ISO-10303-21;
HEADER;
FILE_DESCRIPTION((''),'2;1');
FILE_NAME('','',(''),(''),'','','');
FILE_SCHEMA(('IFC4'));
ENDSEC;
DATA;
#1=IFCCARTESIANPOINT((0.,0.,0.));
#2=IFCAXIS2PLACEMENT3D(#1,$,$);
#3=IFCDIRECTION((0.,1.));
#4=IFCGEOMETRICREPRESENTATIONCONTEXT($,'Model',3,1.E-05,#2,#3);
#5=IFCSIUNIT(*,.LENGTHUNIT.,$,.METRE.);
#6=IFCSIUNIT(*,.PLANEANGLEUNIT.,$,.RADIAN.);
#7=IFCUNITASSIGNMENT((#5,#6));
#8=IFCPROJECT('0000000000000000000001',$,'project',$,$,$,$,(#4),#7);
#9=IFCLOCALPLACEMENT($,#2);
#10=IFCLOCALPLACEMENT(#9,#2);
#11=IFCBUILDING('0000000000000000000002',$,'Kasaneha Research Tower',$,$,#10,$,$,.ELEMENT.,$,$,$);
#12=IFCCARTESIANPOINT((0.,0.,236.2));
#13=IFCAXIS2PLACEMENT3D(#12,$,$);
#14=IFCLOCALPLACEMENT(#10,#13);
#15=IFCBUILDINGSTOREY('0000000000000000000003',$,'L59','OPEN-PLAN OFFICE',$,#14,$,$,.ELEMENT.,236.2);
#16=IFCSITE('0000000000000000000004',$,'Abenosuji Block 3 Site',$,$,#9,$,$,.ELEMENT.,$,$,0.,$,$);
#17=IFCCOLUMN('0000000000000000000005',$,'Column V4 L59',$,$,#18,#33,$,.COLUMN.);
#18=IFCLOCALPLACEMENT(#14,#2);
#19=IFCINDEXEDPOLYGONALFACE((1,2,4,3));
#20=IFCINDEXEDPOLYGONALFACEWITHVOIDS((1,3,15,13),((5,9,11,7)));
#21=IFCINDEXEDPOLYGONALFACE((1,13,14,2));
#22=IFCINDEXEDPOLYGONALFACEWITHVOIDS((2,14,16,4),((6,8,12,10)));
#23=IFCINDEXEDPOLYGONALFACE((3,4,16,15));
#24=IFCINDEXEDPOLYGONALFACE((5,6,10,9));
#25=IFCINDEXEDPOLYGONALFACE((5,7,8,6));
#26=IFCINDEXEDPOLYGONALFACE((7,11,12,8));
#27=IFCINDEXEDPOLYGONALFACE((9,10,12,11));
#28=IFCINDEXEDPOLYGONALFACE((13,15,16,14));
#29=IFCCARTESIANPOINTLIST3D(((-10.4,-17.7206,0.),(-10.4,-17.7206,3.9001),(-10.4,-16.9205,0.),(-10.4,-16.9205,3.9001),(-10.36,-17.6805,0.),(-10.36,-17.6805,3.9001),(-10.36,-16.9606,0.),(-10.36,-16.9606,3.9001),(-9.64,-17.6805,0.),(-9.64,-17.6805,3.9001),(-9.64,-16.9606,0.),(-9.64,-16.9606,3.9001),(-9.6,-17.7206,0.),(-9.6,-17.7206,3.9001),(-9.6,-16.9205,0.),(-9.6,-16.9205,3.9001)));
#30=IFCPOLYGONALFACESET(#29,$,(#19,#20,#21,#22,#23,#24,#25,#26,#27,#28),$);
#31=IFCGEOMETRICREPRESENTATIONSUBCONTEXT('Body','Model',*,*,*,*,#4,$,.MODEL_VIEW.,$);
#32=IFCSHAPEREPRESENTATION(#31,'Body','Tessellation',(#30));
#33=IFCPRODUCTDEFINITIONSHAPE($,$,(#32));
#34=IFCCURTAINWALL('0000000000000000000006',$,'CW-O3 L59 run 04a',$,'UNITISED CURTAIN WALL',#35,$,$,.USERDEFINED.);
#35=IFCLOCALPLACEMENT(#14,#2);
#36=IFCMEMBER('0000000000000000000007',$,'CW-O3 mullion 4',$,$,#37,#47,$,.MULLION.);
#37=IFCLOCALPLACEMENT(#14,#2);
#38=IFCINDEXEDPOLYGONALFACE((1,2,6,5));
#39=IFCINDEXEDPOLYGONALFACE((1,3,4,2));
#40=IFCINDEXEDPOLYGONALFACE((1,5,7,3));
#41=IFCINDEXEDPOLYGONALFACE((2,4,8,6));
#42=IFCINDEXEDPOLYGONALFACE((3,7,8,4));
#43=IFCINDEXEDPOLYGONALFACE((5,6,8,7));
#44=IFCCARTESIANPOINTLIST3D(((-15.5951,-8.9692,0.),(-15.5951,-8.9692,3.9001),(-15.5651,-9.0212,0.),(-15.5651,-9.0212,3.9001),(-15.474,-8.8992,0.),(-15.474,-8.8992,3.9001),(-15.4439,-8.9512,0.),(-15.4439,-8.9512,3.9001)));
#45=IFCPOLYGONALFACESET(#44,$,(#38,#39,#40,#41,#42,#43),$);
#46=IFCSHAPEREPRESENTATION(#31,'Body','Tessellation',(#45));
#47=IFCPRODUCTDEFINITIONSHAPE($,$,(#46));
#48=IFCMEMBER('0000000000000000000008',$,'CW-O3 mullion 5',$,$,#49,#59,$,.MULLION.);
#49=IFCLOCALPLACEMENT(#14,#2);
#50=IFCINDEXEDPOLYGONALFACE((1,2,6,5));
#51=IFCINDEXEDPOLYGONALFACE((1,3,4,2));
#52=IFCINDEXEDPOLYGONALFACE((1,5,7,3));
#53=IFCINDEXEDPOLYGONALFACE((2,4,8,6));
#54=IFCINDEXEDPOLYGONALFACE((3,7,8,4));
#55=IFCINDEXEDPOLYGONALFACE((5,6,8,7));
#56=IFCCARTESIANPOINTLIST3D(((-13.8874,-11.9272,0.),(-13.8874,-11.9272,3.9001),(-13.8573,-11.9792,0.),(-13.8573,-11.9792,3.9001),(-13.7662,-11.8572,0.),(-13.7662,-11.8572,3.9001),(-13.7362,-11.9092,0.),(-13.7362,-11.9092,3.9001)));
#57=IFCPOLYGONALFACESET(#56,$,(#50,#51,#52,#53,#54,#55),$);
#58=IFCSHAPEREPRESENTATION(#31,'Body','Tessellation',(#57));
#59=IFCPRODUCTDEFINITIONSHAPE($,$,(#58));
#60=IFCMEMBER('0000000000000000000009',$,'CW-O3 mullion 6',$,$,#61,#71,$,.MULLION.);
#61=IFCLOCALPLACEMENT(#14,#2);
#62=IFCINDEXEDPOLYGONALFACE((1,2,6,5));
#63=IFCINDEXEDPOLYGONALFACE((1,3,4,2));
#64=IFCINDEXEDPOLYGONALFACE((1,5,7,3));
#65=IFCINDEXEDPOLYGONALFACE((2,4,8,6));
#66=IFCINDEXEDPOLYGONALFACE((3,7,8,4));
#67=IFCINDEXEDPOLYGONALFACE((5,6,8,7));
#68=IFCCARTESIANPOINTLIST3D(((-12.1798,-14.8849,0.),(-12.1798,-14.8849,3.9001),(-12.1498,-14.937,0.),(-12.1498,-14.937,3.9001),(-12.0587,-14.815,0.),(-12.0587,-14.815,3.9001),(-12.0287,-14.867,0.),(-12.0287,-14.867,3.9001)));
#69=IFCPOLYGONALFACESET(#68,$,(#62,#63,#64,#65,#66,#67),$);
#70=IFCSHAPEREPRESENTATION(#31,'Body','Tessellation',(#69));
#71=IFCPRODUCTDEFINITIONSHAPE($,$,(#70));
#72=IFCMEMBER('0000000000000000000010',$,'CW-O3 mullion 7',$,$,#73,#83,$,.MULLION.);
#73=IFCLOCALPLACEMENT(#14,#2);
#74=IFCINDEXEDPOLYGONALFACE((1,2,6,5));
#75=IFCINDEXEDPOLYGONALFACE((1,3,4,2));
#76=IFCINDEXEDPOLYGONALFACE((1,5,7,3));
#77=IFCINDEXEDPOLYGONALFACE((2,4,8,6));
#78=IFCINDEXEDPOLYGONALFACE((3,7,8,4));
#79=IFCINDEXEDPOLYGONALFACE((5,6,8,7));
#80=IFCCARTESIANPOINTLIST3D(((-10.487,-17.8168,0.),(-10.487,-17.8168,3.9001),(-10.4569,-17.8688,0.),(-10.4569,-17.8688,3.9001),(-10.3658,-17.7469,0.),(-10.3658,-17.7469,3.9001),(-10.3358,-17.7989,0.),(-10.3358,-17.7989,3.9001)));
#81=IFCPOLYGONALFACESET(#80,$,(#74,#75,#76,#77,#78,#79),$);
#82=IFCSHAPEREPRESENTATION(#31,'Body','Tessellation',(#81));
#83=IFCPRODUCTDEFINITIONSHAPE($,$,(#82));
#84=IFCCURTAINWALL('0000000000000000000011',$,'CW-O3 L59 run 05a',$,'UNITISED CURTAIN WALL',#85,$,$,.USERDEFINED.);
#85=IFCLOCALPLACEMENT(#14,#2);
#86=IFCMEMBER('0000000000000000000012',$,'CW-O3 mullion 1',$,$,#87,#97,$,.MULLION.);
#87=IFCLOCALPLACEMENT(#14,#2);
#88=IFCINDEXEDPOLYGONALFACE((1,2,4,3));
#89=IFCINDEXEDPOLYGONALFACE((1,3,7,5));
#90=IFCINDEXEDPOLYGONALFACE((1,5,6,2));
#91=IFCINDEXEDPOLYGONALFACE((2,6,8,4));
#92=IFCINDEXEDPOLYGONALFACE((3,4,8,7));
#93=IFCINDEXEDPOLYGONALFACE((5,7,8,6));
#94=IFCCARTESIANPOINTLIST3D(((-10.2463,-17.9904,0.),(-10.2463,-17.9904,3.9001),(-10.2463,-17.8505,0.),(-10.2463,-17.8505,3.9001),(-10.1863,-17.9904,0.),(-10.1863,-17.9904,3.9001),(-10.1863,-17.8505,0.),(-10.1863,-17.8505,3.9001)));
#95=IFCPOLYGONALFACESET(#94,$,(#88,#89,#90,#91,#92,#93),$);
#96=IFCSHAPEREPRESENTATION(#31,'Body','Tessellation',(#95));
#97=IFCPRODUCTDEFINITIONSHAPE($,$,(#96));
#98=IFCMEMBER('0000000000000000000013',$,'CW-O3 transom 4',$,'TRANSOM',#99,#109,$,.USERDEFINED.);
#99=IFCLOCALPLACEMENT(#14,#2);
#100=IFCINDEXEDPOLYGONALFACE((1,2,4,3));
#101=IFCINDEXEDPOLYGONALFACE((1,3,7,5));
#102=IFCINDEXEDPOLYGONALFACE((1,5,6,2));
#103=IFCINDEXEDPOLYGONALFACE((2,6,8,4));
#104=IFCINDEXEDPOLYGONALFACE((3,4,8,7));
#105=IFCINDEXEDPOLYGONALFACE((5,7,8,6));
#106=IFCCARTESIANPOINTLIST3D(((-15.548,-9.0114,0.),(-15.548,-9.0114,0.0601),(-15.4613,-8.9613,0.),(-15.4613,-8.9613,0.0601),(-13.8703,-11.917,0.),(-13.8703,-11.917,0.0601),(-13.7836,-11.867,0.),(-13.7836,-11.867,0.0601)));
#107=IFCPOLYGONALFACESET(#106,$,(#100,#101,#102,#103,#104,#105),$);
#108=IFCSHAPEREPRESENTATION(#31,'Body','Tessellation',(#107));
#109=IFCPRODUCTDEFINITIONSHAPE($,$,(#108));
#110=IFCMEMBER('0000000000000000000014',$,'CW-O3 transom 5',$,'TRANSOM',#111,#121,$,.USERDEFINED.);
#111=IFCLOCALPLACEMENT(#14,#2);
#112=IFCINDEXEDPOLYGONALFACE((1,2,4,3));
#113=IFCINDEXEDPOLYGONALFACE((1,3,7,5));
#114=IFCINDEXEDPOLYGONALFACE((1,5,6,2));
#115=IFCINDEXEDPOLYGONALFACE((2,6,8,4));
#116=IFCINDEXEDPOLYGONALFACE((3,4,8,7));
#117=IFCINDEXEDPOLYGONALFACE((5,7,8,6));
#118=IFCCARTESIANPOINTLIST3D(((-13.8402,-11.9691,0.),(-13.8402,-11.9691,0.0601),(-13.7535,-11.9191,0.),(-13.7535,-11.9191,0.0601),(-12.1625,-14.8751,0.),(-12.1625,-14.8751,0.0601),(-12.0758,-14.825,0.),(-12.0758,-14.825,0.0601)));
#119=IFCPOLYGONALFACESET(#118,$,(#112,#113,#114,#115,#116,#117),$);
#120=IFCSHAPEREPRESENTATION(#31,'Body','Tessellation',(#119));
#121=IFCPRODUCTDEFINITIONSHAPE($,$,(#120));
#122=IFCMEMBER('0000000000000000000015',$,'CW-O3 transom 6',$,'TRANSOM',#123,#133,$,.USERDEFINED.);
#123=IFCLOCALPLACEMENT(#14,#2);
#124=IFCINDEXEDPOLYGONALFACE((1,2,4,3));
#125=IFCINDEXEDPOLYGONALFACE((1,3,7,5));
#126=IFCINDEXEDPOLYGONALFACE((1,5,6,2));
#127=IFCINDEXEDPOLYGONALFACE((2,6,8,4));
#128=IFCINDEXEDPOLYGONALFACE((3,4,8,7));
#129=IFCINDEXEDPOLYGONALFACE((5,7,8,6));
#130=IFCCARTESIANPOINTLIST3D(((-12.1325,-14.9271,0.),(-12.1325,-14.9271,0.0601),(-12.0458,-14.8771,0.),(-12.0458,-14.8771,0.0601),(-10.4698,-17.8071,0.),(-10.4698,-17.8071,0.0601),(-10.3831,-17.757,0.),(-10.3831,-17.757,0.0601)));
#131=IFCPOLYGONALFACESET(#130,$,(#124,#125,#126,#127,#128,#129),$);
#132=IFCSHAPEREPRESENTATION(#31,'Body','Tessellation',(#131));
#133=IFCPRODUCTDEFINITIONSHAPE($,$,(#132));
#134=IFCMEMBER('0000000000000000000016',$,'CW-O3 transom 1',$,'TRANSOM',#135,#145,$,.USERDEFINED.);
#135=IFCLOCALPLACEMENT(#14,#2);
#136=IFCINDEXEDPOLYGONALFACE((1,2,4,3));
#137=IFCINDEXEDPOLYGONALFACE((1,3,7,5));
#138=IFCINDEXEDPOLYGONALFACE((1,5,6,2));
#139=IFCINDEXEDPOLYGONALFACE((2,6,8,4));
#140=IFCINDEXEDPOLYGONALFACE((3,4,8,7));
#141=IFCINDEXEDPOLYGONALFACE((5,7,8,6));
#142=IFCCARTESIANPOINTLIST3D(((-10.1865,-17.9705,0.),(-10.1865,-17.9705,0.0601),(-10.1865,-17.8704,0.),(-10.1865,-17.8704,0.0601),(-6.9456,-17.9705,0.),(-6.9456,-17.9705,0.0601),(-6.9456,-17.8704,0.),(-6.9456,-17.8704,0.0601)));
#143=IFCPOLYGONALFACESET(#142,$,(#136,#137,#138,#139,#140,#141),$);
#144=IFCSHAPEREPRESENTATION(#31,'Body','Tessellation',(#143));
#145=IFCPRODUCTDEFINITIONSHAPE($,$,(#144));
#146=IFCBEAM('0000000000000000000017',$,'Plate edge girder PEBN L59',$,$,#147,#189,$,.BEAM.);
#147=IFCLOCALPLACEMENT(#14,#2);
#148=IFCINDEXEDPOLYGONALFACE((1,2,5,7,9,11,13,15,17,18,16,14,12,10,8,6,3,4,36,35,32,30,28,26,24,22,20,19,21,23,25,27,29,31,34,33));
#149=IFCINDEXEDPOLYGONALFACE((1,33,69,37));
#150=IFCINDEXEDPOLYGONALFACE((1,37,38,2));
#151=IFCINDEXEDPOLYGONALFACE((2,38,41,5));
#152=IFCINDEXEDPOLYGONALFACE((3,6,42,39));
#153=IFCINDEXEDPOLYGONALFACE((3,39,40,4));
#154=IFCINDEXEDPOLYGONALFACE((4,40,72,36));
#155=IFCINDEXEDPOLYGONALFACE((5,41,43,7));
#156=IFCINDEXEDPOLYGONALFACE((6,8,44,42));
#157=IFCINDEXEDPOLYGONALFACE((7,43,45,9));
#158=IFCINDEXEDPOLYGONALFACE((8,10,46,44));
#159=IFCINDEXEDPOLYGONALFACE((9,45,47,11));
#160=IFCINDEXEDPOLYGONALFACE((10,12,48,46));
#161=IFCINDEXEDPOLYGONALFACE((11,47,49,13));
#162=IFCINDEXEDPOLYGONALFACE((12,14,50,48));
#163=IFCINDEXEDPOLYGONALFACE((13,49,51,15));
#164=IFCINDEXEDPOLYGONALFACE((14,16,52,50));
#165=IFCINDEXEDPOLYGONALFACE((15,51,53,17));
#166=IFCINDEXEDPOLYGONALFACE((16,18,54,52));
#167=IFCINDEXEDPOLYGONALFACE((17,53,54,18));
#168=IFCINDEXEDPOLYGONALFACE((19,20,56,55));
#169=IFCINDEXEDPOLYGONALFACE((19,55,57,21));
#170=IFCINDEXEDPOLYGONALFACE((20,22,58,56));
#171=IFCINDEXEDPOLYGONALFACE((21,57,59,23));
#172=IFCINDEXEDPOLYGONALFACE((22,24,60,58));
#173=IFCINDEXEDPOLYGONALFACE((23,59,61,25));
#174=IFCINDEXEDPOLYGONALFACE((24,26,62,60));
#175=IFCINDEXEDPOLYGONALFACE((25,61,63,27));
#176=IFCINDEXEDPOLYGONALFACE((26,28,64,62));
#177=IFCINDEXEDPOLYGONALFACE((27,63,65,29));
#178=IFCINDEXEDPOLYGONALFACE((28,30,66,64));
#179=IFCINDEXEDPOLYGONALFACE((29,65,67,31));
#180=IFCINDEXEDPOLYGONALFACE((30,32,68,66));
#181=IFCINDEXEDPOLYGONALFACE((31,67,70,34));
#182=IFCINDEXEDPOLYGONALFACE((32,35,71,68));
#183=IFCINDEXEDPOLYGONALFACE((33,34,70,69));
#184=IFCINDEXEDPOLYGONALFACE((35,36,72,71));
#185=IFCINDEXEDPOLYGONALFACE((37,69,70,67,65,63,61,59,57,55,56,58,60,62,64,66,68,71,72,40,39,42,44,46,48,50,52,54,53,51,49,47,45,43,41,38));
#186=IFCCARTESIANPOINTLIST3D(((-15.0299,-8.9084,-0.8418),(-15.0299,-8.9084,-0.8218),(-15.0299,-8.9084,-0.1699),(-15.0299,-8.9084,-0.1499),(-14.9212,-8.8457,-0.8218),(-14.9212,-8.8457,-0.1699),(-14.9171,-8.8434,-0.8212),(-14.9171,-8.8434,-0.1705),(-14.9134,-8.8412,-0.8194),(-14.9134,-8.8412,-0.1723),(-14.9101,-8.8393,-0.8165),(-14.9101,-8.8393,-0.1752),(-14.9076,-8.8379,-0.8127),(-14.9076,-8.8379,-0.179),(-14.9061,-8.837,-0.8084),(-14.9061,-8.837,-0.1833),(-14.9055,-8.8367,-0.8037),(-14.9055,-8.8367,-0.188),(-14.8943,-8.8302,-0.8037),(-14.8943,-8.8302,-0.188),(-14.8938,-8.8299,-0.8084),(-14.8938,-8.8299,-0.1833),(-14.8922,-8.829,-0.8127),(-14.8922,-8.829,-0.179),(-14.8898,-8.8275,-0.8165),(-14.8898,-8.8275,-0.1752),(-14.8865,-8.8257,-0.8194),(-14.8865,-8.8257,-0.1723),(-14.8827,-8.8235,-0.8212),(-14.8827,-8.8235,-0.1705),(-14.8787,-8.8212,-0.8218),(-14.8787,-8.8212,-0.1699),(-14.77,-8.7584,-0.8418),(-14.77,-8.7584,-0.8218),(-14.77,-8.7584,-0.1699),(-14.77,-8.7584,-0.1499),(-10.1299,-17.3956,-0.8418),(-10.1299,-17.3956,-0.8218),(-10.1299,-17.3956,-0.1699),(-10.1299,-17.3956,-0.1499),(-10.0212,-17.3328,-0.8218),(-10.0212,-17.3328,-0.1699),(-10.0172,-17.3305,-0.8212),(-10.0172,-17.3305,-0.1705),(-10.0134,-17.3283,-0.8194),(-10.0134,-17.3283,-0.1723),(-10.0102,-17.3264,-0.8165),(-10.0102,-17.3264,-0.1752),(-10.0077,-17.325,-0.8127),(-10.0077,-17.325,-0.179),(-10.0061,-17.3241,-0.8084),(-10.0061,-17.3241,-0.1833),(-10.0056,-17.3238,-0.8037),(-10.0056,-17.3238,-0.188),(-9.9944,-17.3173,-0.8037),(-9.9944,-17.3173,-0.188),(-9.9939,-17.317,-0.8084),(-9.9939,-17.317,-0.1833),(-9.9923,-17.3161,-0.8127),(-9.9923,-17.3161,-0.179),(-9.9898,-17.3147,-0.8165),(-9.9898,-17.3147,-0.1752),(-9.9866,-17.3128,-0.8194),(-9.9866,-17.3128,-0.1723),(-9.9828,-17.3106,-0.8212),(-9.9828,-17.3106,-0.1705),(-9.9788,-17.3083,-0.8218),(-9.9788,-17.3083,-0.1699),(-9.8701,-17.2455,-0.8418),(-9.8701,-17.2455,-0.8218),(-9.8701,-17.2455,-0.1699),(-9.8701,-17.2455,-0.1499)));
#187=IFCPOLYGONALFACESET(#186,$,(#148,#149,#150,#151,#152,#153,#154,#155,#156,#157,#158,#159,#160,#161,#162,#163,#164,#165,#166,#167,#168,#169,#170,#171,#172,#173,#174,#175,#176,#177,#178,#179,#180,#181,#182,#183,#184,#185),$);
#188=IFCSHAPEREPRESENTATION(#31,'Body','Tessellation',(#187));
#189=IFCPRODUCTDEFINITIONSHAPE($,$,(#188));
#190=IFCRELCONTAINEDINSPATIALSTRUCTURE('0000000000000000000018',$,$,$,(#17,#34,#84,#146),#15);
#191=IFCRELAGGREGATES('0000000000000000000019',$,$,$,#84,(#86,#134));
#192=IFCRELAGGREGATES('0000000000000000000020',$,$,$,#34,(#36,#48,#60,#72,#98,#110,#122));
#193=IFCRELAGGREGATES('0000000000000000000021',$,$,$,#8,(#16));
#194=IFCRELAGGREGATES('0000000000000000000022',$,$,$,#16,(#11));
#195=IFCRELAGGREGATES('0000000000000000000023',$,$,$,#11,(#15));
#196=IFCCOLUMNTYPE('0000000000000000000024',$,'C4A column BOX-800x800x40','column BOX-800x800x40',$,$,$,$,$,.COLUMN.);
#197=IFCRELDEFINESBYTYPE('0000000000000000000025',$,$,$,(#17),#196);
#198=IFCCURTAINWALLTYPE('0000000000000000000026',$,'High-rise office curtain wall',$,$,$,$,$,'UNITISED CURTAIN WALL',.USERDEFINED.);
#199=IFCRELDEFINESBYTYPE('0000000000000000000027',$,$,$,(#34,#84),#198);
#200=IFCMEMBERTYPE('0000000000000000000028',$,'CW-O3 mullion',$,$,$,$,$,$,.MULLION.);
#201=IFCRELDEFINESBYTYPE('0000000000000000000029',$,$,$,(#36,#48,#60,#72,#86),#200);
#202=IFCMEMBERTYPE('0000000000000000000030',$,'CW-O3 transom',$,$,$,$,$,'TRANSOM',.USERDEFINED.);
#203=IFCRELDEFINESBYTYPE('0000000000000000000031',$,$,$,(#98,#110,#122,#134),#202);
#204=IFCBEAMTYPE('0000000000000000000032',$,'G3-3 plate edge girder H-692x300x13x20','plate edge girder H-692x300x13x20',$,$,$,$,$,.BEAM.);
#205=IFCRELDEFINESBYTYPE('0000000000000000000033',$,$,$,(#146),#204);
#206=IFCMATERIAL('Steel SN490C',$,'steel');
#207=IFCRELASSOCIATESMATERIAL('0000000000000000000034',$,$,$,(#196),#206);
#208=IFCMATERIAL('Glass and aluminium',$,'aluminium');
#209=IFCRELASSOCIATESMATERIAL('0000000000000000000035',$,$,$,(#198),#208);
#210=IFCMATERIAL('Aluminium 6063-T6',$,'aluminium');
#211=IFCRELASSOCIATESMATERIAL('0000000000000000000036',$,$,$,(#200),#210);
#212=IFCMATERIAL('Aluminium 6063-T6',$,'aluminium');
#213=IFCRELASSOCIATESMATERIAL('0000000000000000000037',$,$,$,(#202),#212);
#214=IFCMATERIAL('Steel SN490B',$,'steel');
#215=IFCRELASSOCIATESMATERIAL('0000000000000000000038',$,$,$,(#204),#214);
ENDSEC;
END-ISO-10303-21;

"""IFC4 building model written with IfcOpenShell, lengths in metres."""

from ifc_helpers import new_model, si_unit, direction, frame, origin, origin_2d, place, context, subcontext, project, spatial, rectangle, hollow_rectangle, i_section, extrude, material, material_profile, profile_set, type_object, element, aggregate, save


model = new_model("IFC4")

# Units and contexts
model_context = context("Model", 3, precision=1e-05, world=origin(), true_north=direction((0.0, 1.0)))
body_context = subcontext(model_context, "Body", "Model", "MODEL_VIEW")
ifc_project = project(units=[si_unit("LENGTHUNIT", "METRE"), si_unit("PLANEANGLEUNIT", "RADIAN")], contexts=[model_context])

# Site, building, storey
site_placement = place(None, origin())
site = spatial("IfcSite", under=ifc_project, at=site_placement, Name="Abenosuji Block 3 Site", CompositionType="ELEMENT", RefElevation=0.0)
building_placement = place(site_placement, origin())
building = spatial("IfcBuilding", under=site, at=building_placement, Name="Kasaneha Research Tower", CompositionType="ELEMENT")
storey_placement = place(building_placement, frame((0.0, 0.0, 236.2)))
storey = spatial("IfcBuildingStorey", under=building, at=storey_placement, Name="L59", Description="OPEN-PLAN OFFICE", CompositionType="ELEMENT", Elevation=236.2)

# Column
ifc_material_1 = material(Name="Steel SN490C", Category="steel")
ifc_material_profile_1 = material_profile(ifc_material_1, hollow_rectangle(XDim=0.8, YDim=0.8, WallThickness=0.04, at=origin_2d()), Name="BOX-800x800x40")
ifc_profile_set_1 = profile_set([ifc_material_profile_1], Name="Steel SN490C")
column_type = type_object("IfcColumnType", Name="C4A column BOX-800x800x40", Description="column BOX-800x800x40", PredefinedType="COLUMN", material=ifc_profile_set_1)
column_placement = place(storey_placement, frame((-10.0, -17.3206, 0.0), z_axis=(0.0, 0.0, 1.0), x_axis=(1.0, 0.0, 0.0)))
element("IfcColumn", 1, at=column_placement, inside=storey, type_object=column_type, Name="Column V4 L59", PredefinedType="COLUMN", context=body_context, shape_type="SweptSolid", body=[
    extrude(hollow_rectangle(XDim=0.8, YDim=0.8, WallThickness=0.04, at=origin_2d()), origin(), (0.0, 0.0, 1.0), 3.9001),
])

# Curtain wall, members
ifc_material_2 = material(Name="Glass and aluminium", Category="aluminium")
curtain_wall_type = type_object("IfcCurtainWallType", Name="High-rise office curtain wall", ElementType="UNITISED CURTAIN WALL", PredefinedType="USERDEFINED", material=ifc_material_2)
curtain_wall_1_placement = place(storey_placement, origin())
curtain_wall_1 = element("IfcCurtainWall", 2, at=curtain_wall_1_placement, inside=storey, type_object=curtain_wall_type, Name="CW-O3 L59 run 04a", ObjectType="UNITISED CURTAIN WALL", PredefinedType="USERDEFINED")
ifc_material_3 = material(Name="Aluminium 6063-T6", Category="aluminium")
ifc_material_profile_2 = material_profile(ifc_material_3, rectangle(XDim=0.0601, YDim=0.1399, at=origin_2d()), Name="CW-O3 mullion 60x140")
ifc_profile_set_2 = profile_set([ifc_material_profile_2], Name="Aluminium 6063-T6")
member_type_1 = type_object("IfcMemberType", Name="CW-O3 mullion", PredefinedType="MULLION", material=ifc_profile_set_2)
member_1_placement = place(storey_placement, frame((-15.5195, -8.9602, 0.0), z_axis=(0.0, 0.0, 1.0), x_axis=(0.5, -0.866025, 0.0)))
member_1 = element("IfcMember", 3, at=member_1_placement, type_object=member_type_1, Name="CW-O3 mullion 4", PredefinedType="MULLION", context=body_context, shape_type="SweptSolid", body=[
    extrude(rectangle(XDim=0.0601, YDim=0.1399, at=origin_2d()), origin(), (0.0, 0.0, 1.0), 3.9001),
])
member_2_placement = place(storey_placement, frame((-13.8118, -11.9182, 0.0), z_axis=(0.0, 0.0, 1.0), x_axis=(0.5, -0.866025, 0.0)))
member_2 = element("IfcMember", 4, at=member_2_placement, type_object=member_type_1, Name="CW-O3 mullion 5", PredefinedType="MULLION", context=body_context, shape_type="SweptSolid", body=[
    extrude(rectangle(XDim=0.0601, YDim=0.1399, at=origin_2d()), origin(), (0.0, 0.0, 1.0), 3.9001),
])
member_3_placement = place(storey_placement, frame((-12.1042, -14.876, 0.0), z_axis=(0.0, 0.0, 1.0), x_axis=(0.5, -0.866025, 0.0)))
member_3 = element("IfcMember", 5, at=member_3_placement, type_object=member_type_1, Name="CW-O3 mullion 6", PredefinedType="MULLION", context=body_context, shape_type="SweptSolid", body=[
    extrude(rectangle(XDim=0.0601, YDim=0.1399, at=origin_2d()), origin(), (0.0, 0.0, 1.0), 3.9001),
])
member_4_placement = place(storey_placement, frame((-10.4114, -17.8079, 0.0), z_axis=(0.0, 0.0, 1.0), x_axis=(0.5, -0.866025, 0.0)))
member_4 = element("IfcMember", 6, at=member_4_placement, type_object=member_type_1, Name="CW-O3 mullion 7", PredefinedType="MULLION", context=body_context, shape_type="SweptSolid", body=[
    extrude(rectangle(XDim=0.0601, YDim=0.1399, at=origin_2d()), origin(), (0.0, 0.0, 1.0), 3.9001),
])

# Curtain wall, member
curtain_wall_2_placement = place(storey_placement, origin())
curtain_wall_2 = element("IfcCurtainWall", 7, at=curtain_wall_2_placement, inside=storey, type_object=curtain_wall_type, Name="CW-O3 L59 run 05a", ObjectType="UNITISED CURTAIN WALL", PredefinedType="USERDEFINED")
member_5_placement = place(storey_placement, frame((-10.2163, -17.9204, 0.0), z_axis=(0.0, 0.0, 1.0), x_axis=(1.0, 0.0, 0.0)))
member_5 = element("IfcMember", 8, at=member_5_placement, type_object=member_type_1, Name="CW-O3 mullion 1", PredefinedType="MULLION", context=body_context, shape_type="SweptSolid", body=[
    extrude(rectangle(XDim=0.0601, YDim=0.1399, at=origin_2d()), origin(), (0.0, 0.0, 1.0), 3.9001),
])

# Members
ifc_material_4 = material(Name="Aluminium 6063-T6", Category="aluminium")
ifc_material_profile_3 = material_profile(ifc_material_4, rectangle(XDim=0.1001, YDim=0.0601, at=origin_2d()), Name="CW-O3 transom 100x60")
ifc_profile_set_3 = profile_set([ifc_material_profile_3], Name="Aluminium 6063-T6")
member_type_2 = type_object("IfcMemberType", Name="CW-O3 transom", ElementType="TRANSOM", PredefinedType="USERDEFINED", material=ifc_profile_set_3)
member_6_placement = place(storey_placement, frame((-15.5046, -8.9863, 0.03), z_axis=(0.500021, -0.866014, 0.0), x_axis=(0.866014, 0.500021, 0.0)))
member_6 = element("IfcMember", 9, at=member_6_placement, type_object=member_type_2, Name="CW-O3 transom 4", ObjectType="TRANSOM", PredefinedType="USERDEFINED", context=body_context, shape_type="SweptSolid", body=[
    extrude(rectangle(XDim=0.1001, YDim=0.0601, at=origin_2d()), origin(), (0.0, 0.0, 1.0), 3.3552),
])
member_7_placement = place(storey_placement, frame((-13.7969, -11.9441, 0.03), z_axis=(0.499989, -0.866032, 0.0), x_axis=(0.866032, 0.499989, 0.0)))
member_7 = element("IfcMember", 10, at=member_7_placement, type_object=member_type_2, Name="CW-O3 transom 5", ObjectType="TRANSOM", PredefinedType="USERDEFINED", context=body_context, shape_type="SweptSolid", body=[
    extrude(rectangle(XDim=0.1001, YDim=0.0601, at=origin_2d()), origin(), (0.0, 0.0, 1.0), 3.3555),
])
member_8_placement = place(storey_placement, frame((-12.0891, -14.9021, 0.03), z_axis=(0.499977, -0.866039, 0.0), x_axis=(0.866039, 0.499977, 0.0)))
member_8 = element("IfcMember", 11, at=member_8_placement, type_object=member_type_2, Name="CW-O3 transom 6", ObjectType="TRANSOM", PredefinedType="USERDEFINED", context=body_context, shape_type="SweptSolid", body=[
    extrude(rectangle(XDim=0.1001, YDim=0.0601, at=origin_2d()), origin(), (0.0, 0.0, 1.0), 3.3254),
])
member_9_placement = place(storey_placement, frame((-10.1865, -17.9204, 0.03), z_axis=(1.0, 0.0, 0.0), x_axis=(0.0, 1.0, 0.0)))
member_9 = element("IfcMember", 12, at=member_9_placement, type_object=member_type_2, Name="CW-O3 transom 1", ObjectType="TRANSOM", PredefinedType="USERDEFINED", context=body_context, shape_type="SweptSolid", body=[
    extrude(rectangle(XDim=0.1001, YDim=0.0601, at=origin_2d()), origin(), (0.0, 0.0, 1.0), 3.241),
])
aggregate(curtain_wall_2, [member_5, member_9])

# Beam
ifc_material_5 = material(Name="Steel SN490B", Category="steel")
ifc_material_profile_4 = material_profile(ifc_material_5, i_section(OverallWidth=0.3, OverallDepth=0.6919, WebThickness=0.0129, FlangeThickness=0.02, FilletRadius=0.0181, at=origin_2d()), Name="H-692x300x13x20")
ifc_profile_set_4 = profile_set([ifc_material_profile_4], Name="Steel SN490B")
beam_type_1 = type_object("IfcBeamType", Name="G3-3 plate edge girder H-692x300x13x20", Description="plate edge girder H-692x300x13x20", PredefinedType="BEAM", material=ifc_profile_set_4)
beam_1_placement = place(storey_placement, frame((-10.0, -17.3206, -0.4958), z_axis=(-0.499992, 0.86603, 0.0), x_axis=(-0.86603, -0.499992, 0.0)))
element("IfcBeam", 13, at=beam_1_placement, inside=storey, type_object=beam_type_1, Name="Plate edge girder PEBN L59", PredefinedType="BEAM", context=body_context, shape_type="SweptSolid", body=[
    extrude(i_section(OverallWidth=0.3, OverallDepth=0.6919, WebThickness=0.0129, FlangeThickness=0.02, FilletRadius=0.0181, at=origin_2d()), origin(), (0.0, 0.0, 1.0), 9.8),
])

aggregate(curtain_wall_1, [member_1, member_2, member_3, member_4, member_6, member_7, member_8])

save(model, "model.ifc")
